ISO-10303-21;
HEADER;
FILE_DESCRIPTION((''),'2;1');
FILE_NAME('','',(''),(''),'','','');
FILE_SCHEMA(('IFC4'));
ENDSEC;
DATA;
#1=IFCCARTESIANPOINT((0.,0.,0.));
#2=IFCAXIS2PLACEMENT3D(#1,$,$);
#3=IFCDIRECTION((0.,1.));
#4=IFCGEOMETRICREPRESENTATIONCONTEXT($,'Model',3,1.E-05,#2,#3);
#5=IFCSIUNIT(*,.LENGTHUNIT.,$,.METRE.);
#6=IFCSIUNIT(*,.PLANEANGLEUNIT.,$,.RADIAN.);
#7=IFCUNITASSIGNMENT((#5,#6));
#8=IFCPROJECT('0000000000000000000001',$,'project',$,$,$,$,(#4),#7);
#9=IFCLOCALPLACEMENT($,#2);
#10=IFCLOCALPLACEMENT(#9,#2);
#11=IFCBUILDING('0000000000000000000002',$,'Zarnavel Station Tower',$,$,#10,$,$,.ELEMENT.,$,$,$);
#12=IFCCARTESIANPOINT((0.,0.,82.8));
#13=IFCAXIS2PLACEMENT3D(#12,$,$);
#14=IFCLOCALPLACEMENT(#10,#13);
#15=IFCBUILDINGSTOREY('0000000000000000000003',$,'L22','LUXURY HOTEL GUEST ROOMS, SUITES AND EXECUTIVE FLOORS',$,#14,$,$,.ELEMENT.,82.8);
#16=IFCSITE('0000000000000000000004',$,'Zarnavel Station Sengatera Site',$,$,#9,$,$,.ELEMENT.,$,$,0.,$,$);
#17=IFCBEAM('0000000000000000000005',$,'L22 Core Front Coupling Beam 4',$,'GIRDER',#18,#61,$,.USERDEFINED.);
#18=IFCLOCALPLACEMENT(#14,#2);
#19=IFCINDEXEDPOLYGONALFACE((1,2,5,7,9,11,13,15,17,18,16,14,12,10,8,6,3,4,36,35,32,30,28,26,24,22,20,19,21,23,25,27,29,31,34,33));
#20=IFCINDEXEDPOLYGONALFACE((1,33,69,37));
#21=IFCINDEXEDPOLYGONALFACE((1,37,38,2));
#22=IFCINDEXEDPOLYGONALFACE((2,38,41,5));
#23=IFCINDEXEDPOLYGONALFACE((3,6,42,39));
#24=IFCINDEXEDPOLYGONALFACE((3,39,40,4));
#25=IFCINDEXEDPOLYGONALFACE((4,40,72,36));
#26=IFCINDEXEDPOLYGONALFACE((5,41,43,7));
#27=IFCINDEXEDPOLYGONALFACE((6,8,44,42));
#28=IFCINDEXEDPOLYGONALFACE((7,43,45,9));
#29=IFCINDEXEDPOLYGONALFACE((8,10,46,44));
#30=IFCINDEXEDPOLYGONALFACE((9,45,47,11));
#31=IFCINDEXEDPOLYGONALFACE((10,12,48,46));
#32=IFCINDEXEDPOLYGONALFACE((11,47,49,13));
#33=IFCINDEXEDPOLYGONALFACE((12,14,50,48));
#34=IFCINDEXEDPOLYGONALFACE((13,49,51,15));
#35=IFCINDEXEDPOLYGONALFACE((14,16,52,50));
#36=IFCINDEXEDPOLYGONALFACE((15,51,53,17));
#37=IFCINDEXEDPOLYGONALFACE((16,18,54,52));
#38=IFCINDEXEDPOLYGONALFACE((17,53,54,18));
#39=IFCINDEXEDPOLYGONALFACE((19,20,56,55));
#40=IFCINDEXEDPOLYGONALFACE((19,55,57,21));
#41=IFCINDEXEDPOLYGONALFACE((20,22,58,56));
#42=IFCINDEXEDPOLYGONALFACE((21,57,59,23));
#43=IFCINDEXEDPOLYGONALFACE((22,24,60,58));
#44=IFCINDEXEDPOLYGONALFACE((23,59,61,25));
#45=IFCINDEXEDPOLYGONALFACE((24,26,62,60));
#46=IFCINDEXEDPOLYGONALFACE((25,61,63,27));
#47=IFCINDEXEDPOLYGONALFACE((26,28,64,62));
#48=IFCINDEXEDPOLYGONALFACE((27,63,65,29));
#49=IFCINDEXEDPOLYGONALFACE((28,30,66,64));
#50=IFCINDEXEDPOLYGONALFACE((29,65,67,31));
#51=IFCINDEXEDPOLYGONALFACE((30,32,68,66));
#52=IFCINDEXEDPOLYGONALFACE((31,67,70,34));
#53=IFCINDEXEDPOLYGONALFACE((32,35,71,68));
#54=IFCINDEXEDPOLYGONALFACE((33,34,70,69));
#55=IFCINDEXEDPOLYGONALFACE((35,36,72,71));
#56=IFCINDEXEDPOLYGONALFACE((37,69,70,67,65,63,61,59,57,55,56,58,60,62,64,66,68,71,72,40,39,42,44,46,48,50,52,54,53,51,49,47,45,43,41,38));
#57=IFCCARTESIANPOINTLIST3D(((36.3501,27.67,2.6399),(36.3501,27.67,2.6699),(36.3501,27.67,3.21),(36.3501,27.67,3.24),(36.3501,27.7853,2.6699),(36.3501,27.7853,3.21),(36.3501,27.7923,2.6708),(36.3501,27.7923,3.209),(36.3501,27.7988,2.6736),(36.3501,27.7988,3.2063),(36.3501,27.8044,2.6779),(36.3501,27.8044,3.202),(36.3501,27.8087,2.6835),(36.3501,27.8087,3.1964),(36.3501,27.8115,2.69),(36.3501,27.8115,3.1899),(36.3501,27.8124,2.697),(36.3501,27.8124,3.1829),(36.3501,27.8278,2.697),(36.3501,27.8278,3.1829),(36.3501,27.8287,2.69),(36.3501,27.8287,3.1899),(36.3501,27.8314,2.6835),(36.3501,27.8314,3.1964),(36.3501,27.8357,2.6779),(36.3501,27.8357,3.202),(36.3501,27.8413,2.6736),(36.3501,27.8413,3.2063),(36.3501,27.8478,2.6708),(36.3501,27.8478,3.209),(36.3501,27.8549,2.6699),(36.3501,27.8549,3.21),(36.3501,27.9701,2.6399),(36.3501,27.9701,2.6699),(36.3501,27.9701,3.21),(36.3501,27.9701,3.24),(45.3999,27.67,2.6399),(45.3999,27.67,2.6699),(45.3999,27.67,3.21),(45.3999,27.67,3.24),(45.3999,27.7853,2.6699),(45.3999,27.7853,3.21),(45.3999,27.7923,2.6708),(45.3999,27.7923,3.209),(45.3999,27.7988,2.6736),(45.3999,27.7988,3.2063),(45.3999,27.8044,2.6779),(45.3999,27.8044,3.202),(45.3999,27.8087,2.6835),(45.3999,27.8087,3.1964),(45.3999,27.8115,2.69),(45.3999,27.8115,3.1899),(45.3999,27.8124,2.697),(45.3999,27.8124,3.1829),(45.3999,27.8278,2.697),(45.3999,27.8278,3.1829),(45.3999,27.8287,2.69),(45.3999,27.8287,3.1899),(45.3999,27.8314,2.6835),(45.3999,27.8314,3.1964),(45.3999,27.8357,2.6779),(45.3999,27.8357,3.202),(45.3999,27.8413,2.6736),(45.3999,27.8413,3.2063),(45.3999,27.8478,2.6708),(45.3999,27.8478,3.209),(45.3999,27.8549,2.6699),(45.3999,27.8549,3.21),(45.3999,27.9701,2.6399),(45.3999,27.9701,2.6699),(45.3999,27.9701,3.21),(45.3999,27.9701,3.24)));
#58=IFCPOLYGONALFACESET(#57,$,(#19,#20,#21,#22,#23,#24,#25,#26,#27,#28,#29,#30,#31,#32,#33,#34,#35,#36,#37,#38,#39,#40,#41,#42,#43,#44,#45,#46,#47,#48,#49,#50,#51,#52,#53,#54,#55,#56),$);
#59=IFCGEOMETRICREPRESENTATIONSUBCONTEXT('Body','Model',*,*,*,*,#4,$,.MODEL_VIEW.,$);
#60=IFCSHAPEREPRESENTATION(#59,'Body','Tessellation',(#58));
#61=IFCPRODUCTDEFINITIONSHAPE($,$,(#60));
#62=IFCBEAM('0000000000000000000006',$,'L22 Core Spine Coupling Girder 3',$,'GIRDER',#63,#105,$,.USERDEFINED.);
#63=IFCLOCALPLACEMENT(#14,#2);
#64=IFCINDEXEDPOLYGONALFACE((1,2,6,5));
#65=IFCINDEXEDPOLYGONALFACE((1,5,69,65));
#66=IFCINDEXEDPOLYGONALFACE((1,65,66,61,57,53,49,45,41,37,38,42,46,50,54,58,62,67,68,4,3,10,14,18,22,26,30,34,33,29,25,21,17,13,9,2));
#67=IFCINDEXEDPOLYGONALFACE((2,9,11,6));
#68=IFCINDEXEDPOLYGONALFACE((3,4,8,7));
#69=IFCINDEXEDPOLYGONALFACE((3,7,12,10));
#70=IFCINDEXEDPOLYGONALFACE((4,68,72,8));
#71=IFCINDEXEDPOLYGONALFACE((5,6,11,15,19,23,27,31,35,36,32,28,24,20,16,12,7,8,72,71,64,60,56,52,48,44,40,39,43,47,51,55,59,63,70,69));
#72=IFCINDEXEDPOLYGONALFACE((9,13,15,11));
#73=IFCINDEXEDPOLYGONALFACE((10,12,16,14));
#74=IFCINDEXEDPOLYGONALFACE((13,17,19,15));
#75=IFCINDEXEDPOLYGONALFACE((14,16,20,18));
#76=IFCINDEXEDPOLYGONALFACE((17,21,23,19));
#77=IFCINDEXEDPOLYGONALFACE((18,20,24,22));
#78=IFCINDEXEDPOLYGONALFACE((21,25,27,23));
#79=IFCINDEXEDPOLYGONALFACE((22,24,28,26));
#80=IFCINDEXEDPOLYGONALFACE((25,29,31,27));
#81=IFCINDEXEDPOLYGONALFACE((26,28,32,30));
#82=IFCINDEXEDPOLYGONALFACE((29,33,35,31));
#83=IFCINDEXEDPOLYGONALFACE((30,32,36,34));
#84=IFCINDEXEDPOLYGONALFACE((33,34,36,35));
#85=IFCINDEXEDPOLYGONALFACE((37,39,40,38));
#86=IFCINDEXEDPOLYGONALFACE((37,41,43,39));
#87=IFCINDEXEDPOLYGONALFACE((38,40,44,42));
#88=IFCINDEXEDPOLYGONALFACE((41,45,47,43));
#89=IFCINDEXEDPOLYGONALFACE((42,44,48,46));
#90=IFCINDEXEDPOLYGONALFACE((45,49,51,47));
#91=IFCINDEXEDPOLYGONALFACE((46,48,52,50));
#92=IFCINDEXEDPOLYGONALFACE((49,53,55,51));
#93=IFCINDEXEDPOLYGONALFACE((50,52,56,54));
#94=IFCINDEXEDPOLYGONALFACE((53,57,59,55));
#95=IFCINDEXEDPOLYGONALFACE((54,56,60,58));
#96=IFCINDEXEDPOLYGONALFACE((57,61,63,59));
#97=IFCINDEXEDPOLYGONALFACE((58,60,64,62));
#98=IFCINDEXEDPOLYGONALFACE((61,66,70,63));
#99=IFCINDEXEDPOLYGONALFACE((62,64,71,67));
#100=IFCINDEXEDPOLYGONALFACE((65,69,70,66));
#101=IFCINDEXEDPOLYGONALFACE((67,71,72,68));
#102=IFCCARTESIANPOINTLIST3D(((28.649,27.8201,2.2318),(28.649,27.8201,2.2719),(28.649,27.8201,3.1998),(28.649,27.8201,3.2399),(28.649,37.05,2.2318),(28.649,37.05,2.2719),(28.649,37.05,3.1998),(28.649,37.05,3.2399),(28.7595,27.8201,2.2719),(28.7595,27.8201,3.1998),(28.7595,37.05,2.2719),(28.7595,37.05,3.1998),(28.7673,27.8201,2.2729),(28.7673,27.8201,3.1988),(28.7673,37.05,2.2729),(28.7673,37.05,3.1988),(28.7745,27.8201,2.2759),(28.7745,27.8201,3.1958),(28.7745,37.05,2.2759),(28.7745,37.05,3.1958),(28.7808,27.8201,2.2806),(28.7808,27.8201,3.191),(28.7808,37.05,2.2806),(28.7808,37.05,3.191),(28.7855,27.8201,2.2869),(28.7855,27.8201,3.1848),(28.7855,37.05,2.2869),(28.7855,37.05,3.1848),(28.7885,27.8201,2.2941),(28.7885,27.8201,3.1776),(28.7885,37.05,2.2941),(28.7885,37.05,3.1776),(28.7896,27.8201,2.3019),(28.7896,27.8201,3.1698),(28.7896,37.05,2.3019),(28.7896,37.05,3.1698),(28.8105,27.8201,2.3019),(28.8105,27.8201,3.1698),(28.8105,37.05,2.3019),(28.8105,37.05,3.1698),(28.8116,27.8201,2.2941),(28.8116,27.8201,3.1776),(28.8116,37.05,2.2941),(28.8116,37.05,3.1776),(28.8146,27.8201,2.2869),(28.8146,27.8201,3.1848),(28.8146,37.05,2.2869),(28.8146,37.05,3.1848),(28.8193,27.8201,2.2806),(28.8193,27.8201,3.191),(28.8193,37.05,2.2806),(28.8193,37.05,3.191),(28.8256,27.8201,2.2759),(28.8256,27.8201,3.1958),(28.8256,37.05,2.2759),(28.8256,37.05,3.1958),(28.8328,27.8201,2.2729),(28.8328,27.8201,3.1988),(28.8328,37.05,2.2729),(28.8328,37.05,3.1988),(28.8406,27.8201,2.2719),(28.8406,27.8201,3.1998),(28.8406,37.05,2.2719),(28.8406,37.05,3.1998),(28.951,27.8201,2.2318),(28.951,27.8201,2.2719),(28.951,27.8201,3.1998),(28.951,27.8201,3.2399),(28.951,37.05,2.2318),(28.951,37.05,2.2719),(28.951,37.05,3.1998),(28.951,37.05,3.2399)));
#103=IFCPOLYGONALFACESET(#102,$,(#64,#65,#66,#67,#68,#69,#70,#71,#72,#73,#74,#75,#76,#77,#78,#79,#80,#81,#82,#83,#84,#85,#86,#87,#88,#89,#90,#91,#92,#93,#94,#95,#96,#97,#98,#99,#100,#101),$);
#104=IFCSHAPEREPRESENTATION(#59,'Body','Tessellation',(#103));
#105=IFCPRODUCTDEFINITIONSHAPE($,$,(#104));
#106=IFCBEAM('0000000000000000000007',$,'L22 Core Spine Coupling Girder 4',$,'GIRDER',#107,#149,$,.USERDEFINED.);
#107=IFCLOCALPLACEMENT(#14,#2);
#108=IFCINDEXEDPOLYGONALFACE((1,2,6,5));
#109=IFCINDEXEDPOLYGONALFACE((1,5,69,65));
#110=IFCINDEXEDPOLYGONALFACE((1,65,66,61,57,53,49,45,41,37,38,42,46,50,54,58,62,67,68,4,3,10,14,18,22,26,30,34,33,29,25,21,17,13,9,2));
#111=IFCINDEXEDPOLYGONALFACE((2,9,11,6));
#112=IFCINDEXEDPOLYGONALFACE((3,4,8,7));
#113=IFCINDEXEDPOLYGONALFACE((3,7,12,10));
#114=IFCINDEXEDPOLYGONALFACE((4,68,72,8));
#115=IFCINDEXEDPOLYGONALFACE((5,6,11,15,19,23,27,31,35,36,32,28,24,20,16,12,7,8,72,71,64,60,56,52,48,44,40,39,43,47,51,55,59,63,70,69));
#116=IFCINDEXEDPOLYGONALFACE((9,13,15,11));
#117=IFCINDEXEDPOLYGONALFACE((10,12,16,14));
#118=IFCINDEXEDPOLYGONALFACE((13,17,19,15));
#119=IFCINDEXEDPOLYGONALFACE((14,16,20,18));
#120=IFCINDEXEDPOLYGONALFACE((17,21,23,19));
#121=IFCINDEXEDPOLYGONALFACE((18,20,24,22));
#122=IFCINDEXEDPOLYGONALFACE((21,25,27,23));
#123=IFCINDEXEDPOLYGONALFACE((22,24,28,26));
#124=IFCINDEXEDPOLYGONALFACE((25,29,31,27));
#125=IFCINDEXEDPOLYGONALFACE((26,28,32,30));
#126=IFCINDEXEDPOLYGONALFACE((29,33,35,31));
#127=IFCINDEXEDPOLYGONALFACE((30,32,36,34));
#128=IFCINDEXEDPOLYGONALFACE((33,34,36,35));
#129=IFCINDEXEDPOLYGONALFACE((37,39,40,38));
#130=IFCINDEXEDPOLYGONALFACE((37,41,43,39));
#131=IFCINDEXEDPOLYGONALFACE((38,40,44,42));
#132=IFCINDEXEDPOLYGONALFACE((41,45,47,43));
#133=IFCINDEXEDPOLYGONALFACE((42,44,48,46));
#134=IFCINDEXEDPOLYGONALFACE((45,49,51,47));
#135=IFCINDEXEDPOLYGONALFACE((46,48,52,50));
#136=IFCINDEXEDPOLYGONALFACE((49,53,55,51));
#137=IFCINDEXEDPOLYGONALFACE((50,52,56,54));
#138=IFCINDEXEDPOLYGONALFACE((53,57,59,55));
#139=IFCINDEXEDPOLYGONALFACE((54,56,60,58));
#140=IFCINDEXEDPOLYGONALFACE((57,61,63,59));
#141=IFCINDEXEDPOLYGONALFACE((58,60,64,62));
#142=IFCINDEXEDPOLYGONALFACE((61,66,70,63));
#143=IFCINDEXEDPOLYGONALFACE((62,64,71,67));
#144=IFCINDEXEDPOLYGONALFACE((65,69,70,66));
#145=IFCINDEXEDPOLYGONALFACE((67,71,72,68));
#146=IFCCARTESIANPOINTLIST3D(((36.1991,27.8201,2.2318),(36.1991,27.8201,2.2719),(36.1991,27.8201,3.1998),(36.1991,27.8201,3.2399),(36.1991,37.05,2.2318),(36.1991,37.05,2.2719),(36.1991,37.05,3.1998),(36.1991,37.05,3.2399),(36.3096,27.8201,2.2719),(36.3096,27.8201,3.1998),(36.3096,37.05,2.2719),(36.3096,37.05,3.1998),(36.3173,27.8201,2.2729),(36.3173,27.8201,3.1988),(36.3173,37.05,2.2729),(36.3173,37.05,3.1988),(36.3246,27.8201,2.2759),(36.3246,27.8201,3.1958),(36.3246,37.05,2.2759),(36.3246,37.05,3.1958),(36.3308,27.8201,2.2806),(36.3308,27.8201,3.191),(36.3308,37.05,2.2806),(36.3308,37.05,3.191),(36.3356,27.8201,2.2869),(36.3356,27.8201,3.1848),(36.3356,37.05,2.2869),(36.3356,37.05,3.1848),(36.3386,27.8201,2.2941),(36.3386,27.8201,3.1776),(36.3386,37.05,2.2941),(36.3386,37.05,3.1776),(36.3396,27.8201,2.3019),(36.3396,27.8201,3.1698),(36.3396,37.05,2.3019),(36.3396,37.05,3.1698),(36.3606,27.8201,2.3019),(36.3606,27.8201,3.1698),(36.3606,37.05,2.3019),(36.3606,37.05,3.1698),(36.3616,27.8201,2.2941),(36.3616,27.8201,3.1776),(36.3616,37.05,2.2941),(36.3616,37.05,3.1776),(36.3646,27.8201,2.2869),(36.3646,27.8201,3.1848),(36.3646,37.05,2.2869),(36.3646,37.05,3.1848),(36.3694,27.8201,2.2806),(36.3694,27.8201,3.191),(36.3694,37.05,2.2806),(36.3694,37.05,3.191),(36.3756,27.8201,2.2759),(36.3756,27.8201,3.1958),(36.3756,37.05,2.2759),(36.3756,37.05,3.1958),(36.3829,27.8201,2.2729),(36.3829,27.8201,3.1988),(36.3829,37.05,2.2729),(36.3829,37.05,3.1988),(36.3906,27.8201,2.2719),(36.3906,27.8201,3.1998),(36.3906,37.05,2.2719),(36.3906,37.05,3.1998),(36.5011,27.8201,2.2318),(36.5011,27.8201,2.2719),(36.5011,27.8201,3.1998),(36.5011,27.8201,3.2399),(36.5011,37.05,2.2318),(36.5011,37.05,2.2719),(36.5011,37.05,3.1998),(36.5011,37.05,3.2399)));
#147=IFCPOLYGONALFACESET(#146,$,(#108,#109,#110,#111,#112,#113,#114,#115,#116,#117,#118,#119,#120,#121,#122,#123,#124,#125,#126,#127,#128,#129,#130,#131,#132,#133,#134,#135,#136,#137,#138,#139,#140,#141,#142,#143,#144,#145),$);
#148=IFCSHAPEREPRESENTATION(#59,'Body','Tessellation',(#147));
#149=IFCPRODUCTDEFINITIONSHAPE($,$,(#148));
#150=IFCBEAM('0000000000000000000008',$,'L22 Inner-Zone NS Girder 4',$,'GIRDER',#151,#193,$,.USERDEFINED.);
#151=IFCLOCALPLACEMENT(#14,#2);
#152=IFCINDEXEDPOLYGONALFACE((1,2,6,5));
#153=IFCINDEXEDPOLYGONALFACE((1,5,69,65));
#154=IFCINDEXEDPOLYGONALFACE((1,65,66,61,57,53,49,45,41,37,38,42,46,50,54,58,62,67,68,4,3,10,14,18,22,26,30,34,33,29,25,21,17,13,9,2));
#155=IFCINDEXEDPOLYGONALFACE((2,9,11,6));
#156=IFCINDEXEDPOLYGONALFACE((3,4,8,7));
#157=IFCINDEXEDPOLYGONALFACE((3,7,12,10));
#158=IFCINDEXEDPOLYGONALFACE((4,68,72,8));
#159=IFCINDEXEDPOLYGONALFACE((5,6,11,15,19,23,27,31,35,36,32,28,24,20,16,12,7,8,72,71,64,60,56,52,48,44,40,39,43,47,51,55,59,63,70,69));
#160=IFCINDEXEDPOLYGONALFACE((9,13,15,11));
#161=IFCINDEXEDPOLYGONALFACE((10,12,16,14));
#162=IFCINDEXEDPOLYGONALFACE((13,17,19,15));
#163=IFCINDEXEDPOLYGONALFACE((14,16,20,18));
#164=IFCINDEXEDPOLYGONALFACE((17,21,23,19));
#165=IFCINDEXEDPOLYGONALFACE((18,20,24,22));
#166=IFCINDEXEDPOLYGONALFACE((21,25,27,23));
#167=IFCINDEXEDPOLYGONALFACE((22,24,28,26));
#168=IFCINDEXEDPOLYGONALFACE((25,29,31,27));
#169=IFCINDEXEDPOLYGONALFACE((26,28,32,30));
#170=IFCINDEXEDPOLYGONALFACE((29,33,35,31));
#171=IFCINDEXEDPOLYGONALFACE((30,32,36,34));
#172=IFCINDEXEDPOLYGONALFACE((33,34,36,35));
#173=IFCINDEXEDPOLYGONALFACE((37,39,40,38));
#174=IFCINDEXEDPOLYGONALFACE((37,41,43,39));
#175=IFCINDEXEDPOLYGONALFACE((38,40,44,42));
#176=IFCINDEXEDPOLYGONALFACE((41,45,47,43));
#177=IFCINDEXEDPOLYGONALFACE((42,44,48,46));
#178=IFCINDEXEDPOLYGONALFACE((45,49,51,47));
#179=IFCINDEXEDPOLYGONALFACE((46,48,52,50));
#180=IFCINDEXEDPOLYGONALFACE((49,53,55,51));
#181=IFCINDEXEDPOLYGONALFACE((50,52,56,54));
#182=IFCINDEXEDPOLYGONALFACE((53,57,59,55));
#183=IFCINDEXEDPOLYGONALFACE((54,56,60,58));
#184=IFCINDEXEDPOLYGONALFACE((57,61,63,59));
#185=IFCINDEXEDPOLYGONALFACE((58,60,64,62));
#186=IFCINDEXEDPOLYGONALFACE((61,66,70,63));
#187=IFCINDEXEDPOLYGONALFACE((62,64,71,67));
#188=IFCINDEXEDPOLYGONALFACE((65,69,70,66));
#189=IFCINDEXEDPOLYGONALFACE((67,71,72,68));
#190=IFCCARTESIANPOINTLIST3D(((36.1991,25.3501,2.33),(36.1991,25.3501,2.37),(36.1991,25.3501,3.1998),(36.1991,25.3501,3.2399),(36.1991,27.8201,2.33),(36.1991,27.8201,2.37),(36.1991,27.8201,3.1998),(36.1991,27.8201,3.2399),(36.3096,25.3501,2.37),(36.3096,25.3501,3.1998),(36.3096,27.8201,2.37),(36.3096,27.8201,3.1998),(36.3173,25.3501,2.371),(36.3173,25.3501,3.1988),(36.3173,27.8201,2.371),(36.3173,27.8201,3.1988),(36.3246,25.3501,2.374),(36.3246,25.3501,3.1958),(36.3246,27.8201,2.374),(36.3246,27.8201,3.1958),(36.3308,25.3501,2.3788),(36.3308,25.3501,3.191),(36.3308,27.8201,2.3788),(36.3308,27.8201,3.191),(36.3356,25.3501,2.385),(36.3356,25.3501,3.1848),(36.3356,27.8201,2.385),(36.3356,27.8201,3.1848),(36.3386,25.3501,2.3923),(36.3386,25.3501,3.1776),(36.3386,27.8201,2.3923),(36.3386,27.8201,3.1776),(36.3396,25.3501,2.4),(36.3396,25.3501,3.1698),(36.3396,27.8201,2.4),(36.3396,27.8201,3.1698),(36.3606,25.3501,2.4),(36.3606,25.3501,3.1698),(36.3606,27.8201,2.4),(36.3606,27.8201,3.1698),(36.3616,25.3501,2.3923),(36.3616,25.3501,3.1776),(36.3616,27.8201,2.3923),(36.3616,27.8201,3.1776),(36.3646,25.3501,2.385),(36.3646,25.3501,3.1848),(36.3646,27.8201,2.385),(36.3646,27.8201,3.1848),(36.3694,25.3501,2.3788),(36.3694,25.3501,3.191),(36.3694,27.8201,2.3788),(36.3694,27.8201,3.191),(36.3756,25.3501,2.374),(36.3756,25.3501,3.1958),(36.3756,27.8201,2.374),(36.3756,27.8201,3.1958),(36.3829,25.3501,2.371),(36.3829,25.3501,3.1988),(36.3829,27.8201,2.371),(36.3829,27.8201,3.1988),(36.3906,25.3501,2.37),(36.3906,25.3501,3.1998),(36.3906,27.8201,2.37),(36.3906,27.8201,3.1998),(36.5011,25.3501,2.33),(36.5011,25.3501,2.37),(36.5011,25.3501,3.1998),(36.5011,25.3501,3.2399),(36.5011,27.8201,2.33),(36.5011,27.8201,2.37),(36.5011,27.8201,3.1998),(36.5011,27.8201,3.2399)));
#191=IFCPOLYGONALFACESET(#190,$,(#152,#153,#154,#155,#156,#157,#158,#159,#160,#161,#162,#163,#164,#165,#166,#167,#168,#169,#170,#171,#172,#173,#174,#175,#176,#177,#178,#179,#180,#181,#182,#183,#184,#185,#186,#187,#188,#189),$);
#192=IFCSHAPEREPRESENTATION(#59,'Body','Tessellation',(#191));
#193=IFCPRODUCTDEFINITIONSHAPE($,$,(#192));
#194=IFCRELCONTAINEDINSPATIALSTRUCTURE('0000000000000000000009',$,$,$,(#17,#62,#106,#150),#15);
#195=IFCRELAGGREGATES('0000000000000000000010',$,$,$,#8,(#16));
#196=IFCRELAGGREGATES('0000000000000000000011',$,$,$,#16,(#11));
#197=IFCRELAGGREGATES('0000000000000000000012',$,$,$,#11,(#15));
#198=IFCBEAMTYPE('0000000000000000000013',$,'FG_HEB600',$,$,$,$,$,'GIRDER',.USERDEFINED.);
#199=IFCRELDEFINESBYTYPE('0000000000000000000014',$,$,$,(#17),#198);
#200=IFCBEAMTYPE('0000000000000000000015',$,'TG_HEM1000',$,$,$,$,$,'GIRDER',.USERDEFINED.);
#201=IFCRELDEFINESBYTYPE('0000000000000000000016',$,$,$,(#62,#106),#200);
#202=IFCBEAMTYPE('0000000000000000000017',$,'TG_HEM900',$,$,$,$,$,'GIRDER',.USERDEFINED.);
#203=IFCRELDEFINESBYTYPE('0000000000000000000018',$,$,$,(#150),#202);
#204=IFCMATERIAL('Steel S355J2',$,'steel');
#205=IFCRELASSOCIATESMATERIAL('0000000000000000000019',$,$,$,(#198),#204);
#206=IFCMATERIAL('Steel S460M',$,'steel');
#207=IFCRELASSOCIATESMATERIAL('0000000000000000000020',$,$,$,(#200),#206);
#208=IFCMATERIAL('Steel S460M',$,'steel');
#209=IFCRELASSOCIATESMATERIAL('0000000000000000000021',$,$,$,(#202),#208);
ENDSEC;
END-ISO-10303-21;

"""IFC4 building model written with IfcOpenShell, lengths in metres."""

from ifc_helpers import new_model, si_unit, direction, frame, origin, origin_2d, place, context, subcontext, project, spatial, i_section, extrude, material, material_profile, profile_set, type_object, element, save


model = new_model("IFC4")

# Units and contexts
model_context = context("Model", 3, precision=1e-05, world=origin(), true_north=direction((0.0, 1.0)))
body_context = subcontext(model_context, "Body", "Model", "MODEL_VIEW")
ifc_project = project(units=[si_unit("LENGTHUNIT", "METRE"), si_unit("PLANEANGLEUNIT", "RADIAN")], contexts=[model_context])

# Site, building, storey
site_placement = place(None, origin())
site = spatial("IfcSite", under=ifc_project, at=site_placement, Name="Zarnavel Station Sengatera Site", CompositionType="ELEMENT", RefElevation=0.0)
building_placement = place(site_placement, origin())
building = spatial("IfcBuilding", under=site, at=building_placement, Name="Zarnavel Station Tower", CompositionType="ELEMENT")
storey_placement = place(building_placement, frame((0.0, 0.0, 82.8)))
storey = spatial("IfcBuildingStorey", under=building, at=storey_placement, Name="L22", Description="LUXURY HOTEL GUEST ROOMS, SUITES AND EXECUTIVE FLOORS", CompositionType="ELEMENT", Elevation=82.8)

# Beams
ifc_material_1 = material(Name="Steel S355J2", Category="steel")
ifc_material_profile_1 = material_profile(ifc_material_1, i_section(OverallWidth=0.3, OverallDepth=0.6001, WebThickness=0.0154, FlangeThickness=0.03, FilletRadius=0.0271, at=origin_2d()), Name="HEB600")
ifc_profile_set_1 = profile_set([ifc_material_profile_1], Name="Steel S355J2")
beam_type_1 = type_object("IfcBeamType", Name="FG_HEB600", ElementType="GIRDER", PredefinedType="USERDEFINED", material=ifc_profile_set_1)
beam_1_placement = place(storey_placement, frame((36.3501, 27.8201, 2.9399), z_axis=(1.0, 0.0, 0.0), x_axis=(0.0, 1.0, 0.0)))
element("IfcBeam", 1, at=beam_1_placement, inside=storey, type_object=beam_type_1, Name="L22 Core Front Coupling Beam 4", ObjectType="GIRDER", PredefinedType="USERDEFINED", context=body_context, shape_type="SweptSolid", body=[
    extrude(i_section(OverallWidth=0.3, OverallDepth=0.6001, WebThickness=0.0154, FlangeThickness=0.03, FilletRadius=0.0271, at=origin_2d()), origin(), (0.0, 0.0, 1.0), 9.0498),
])
ifc_material_2 = material(Name="Steel S460M", Category="steel")
ifc_material_profile_2 = material_profile(ifc_material_2, i_section(OverallWidth=0.302, OverallDepth=1.0081, WebThickness=0.021, FlangeThickness=0.04, FilletRadius=0.03, at=origin_2d()), Name="HEM1000")
ifc_profile_set_2 = profile_set([ifc_material_profile_2], Name="Steel S460M")
beam_type_2 = type_object("IfcBeamType", Name="TG_HEM1000", ElementType="GIRDER", PredefinedType="USERDEFINED", material=ifc_profile_set_2)
for number, where, z_axis, x_axis, name in (
    (2, (28.8, 27.8201, 2.7358), (0.0, 1.0, 0.0), (-1.0, 0.0, 0.0), "L22 Core Spine Coupling Girder 3"),
    (3, (36.3501, 27.8201, 2.7358), (0.0, 1.0, 0.0), (-1.0, 0.0, 0.0), "L22 Core Spine Coupling Girder 4"),
):
    element("IfcBeam", number, at=place(storey_placement, frame(where, z_axis=z_axis, x_axis=x_axis)), inside=storey, type_object=beam_type_2, Name=name, ObjectType="GIRDER", PredefinedType="USERDEFINED", context=body_context, shape_type="SweptSolid", body=[
        extrude(i_section(OverallWidth=0.302, OverallDepth=1.0081, WebThickness=0.021, FlangeThickness=0.04, FilletRadius=0.03, at=origin_2d()), origin(), (0.0, 0.0, 1.0), 9.23),
    ])
ifc_material_3 = material(Name="Steel S460M", Category="steel")
ifc_material_profile_3 = material_profile(ifc_material_3, i_section(OverallWidth=0.302, OverallDepth=0.9099, WebThickness=0.021, FlangeThickness=0.04, FilletRadius=0.03, at=origin_2d()), Name="HEM900")
ifc_profile_set_3 = profile_set([ifc_material_profile_3], Name="Steel S460M")
beam_type_3 = type_object("IfcBeamType", Name="TG_HEM900", ElementType="GIRDER", PredefinedType="USERDEFINED", material=ifc_profile_set_3)
beam_2_placement = place(storey_placement, frame((36.3501, 25.3501, 2.7849), z_axis=(0.0, 1.0, 0.0), x_axis=(-1.0, 0.0, 0.0)))
element("IfcBeam", 4, at=beam_2_placement, inside=storey, type_object=beam_type_3, Name="L22 Inner-Zone NS Girder 4", ObjectType="GIRDER", PredefinedType="USERDEFINED", context=body_context, shape_type="SweptSolid", body=[
    extrude(i_section(OverallWidth=0.302, OverallDepth=0.9099, WebThickness=0.021, FlangeThickness=0.04, FilletRadius=0.03, at=origin_2d()), origin(), (0.0, 0.0, 1.0), 2.47),
])

save(model, "model.ifc")
